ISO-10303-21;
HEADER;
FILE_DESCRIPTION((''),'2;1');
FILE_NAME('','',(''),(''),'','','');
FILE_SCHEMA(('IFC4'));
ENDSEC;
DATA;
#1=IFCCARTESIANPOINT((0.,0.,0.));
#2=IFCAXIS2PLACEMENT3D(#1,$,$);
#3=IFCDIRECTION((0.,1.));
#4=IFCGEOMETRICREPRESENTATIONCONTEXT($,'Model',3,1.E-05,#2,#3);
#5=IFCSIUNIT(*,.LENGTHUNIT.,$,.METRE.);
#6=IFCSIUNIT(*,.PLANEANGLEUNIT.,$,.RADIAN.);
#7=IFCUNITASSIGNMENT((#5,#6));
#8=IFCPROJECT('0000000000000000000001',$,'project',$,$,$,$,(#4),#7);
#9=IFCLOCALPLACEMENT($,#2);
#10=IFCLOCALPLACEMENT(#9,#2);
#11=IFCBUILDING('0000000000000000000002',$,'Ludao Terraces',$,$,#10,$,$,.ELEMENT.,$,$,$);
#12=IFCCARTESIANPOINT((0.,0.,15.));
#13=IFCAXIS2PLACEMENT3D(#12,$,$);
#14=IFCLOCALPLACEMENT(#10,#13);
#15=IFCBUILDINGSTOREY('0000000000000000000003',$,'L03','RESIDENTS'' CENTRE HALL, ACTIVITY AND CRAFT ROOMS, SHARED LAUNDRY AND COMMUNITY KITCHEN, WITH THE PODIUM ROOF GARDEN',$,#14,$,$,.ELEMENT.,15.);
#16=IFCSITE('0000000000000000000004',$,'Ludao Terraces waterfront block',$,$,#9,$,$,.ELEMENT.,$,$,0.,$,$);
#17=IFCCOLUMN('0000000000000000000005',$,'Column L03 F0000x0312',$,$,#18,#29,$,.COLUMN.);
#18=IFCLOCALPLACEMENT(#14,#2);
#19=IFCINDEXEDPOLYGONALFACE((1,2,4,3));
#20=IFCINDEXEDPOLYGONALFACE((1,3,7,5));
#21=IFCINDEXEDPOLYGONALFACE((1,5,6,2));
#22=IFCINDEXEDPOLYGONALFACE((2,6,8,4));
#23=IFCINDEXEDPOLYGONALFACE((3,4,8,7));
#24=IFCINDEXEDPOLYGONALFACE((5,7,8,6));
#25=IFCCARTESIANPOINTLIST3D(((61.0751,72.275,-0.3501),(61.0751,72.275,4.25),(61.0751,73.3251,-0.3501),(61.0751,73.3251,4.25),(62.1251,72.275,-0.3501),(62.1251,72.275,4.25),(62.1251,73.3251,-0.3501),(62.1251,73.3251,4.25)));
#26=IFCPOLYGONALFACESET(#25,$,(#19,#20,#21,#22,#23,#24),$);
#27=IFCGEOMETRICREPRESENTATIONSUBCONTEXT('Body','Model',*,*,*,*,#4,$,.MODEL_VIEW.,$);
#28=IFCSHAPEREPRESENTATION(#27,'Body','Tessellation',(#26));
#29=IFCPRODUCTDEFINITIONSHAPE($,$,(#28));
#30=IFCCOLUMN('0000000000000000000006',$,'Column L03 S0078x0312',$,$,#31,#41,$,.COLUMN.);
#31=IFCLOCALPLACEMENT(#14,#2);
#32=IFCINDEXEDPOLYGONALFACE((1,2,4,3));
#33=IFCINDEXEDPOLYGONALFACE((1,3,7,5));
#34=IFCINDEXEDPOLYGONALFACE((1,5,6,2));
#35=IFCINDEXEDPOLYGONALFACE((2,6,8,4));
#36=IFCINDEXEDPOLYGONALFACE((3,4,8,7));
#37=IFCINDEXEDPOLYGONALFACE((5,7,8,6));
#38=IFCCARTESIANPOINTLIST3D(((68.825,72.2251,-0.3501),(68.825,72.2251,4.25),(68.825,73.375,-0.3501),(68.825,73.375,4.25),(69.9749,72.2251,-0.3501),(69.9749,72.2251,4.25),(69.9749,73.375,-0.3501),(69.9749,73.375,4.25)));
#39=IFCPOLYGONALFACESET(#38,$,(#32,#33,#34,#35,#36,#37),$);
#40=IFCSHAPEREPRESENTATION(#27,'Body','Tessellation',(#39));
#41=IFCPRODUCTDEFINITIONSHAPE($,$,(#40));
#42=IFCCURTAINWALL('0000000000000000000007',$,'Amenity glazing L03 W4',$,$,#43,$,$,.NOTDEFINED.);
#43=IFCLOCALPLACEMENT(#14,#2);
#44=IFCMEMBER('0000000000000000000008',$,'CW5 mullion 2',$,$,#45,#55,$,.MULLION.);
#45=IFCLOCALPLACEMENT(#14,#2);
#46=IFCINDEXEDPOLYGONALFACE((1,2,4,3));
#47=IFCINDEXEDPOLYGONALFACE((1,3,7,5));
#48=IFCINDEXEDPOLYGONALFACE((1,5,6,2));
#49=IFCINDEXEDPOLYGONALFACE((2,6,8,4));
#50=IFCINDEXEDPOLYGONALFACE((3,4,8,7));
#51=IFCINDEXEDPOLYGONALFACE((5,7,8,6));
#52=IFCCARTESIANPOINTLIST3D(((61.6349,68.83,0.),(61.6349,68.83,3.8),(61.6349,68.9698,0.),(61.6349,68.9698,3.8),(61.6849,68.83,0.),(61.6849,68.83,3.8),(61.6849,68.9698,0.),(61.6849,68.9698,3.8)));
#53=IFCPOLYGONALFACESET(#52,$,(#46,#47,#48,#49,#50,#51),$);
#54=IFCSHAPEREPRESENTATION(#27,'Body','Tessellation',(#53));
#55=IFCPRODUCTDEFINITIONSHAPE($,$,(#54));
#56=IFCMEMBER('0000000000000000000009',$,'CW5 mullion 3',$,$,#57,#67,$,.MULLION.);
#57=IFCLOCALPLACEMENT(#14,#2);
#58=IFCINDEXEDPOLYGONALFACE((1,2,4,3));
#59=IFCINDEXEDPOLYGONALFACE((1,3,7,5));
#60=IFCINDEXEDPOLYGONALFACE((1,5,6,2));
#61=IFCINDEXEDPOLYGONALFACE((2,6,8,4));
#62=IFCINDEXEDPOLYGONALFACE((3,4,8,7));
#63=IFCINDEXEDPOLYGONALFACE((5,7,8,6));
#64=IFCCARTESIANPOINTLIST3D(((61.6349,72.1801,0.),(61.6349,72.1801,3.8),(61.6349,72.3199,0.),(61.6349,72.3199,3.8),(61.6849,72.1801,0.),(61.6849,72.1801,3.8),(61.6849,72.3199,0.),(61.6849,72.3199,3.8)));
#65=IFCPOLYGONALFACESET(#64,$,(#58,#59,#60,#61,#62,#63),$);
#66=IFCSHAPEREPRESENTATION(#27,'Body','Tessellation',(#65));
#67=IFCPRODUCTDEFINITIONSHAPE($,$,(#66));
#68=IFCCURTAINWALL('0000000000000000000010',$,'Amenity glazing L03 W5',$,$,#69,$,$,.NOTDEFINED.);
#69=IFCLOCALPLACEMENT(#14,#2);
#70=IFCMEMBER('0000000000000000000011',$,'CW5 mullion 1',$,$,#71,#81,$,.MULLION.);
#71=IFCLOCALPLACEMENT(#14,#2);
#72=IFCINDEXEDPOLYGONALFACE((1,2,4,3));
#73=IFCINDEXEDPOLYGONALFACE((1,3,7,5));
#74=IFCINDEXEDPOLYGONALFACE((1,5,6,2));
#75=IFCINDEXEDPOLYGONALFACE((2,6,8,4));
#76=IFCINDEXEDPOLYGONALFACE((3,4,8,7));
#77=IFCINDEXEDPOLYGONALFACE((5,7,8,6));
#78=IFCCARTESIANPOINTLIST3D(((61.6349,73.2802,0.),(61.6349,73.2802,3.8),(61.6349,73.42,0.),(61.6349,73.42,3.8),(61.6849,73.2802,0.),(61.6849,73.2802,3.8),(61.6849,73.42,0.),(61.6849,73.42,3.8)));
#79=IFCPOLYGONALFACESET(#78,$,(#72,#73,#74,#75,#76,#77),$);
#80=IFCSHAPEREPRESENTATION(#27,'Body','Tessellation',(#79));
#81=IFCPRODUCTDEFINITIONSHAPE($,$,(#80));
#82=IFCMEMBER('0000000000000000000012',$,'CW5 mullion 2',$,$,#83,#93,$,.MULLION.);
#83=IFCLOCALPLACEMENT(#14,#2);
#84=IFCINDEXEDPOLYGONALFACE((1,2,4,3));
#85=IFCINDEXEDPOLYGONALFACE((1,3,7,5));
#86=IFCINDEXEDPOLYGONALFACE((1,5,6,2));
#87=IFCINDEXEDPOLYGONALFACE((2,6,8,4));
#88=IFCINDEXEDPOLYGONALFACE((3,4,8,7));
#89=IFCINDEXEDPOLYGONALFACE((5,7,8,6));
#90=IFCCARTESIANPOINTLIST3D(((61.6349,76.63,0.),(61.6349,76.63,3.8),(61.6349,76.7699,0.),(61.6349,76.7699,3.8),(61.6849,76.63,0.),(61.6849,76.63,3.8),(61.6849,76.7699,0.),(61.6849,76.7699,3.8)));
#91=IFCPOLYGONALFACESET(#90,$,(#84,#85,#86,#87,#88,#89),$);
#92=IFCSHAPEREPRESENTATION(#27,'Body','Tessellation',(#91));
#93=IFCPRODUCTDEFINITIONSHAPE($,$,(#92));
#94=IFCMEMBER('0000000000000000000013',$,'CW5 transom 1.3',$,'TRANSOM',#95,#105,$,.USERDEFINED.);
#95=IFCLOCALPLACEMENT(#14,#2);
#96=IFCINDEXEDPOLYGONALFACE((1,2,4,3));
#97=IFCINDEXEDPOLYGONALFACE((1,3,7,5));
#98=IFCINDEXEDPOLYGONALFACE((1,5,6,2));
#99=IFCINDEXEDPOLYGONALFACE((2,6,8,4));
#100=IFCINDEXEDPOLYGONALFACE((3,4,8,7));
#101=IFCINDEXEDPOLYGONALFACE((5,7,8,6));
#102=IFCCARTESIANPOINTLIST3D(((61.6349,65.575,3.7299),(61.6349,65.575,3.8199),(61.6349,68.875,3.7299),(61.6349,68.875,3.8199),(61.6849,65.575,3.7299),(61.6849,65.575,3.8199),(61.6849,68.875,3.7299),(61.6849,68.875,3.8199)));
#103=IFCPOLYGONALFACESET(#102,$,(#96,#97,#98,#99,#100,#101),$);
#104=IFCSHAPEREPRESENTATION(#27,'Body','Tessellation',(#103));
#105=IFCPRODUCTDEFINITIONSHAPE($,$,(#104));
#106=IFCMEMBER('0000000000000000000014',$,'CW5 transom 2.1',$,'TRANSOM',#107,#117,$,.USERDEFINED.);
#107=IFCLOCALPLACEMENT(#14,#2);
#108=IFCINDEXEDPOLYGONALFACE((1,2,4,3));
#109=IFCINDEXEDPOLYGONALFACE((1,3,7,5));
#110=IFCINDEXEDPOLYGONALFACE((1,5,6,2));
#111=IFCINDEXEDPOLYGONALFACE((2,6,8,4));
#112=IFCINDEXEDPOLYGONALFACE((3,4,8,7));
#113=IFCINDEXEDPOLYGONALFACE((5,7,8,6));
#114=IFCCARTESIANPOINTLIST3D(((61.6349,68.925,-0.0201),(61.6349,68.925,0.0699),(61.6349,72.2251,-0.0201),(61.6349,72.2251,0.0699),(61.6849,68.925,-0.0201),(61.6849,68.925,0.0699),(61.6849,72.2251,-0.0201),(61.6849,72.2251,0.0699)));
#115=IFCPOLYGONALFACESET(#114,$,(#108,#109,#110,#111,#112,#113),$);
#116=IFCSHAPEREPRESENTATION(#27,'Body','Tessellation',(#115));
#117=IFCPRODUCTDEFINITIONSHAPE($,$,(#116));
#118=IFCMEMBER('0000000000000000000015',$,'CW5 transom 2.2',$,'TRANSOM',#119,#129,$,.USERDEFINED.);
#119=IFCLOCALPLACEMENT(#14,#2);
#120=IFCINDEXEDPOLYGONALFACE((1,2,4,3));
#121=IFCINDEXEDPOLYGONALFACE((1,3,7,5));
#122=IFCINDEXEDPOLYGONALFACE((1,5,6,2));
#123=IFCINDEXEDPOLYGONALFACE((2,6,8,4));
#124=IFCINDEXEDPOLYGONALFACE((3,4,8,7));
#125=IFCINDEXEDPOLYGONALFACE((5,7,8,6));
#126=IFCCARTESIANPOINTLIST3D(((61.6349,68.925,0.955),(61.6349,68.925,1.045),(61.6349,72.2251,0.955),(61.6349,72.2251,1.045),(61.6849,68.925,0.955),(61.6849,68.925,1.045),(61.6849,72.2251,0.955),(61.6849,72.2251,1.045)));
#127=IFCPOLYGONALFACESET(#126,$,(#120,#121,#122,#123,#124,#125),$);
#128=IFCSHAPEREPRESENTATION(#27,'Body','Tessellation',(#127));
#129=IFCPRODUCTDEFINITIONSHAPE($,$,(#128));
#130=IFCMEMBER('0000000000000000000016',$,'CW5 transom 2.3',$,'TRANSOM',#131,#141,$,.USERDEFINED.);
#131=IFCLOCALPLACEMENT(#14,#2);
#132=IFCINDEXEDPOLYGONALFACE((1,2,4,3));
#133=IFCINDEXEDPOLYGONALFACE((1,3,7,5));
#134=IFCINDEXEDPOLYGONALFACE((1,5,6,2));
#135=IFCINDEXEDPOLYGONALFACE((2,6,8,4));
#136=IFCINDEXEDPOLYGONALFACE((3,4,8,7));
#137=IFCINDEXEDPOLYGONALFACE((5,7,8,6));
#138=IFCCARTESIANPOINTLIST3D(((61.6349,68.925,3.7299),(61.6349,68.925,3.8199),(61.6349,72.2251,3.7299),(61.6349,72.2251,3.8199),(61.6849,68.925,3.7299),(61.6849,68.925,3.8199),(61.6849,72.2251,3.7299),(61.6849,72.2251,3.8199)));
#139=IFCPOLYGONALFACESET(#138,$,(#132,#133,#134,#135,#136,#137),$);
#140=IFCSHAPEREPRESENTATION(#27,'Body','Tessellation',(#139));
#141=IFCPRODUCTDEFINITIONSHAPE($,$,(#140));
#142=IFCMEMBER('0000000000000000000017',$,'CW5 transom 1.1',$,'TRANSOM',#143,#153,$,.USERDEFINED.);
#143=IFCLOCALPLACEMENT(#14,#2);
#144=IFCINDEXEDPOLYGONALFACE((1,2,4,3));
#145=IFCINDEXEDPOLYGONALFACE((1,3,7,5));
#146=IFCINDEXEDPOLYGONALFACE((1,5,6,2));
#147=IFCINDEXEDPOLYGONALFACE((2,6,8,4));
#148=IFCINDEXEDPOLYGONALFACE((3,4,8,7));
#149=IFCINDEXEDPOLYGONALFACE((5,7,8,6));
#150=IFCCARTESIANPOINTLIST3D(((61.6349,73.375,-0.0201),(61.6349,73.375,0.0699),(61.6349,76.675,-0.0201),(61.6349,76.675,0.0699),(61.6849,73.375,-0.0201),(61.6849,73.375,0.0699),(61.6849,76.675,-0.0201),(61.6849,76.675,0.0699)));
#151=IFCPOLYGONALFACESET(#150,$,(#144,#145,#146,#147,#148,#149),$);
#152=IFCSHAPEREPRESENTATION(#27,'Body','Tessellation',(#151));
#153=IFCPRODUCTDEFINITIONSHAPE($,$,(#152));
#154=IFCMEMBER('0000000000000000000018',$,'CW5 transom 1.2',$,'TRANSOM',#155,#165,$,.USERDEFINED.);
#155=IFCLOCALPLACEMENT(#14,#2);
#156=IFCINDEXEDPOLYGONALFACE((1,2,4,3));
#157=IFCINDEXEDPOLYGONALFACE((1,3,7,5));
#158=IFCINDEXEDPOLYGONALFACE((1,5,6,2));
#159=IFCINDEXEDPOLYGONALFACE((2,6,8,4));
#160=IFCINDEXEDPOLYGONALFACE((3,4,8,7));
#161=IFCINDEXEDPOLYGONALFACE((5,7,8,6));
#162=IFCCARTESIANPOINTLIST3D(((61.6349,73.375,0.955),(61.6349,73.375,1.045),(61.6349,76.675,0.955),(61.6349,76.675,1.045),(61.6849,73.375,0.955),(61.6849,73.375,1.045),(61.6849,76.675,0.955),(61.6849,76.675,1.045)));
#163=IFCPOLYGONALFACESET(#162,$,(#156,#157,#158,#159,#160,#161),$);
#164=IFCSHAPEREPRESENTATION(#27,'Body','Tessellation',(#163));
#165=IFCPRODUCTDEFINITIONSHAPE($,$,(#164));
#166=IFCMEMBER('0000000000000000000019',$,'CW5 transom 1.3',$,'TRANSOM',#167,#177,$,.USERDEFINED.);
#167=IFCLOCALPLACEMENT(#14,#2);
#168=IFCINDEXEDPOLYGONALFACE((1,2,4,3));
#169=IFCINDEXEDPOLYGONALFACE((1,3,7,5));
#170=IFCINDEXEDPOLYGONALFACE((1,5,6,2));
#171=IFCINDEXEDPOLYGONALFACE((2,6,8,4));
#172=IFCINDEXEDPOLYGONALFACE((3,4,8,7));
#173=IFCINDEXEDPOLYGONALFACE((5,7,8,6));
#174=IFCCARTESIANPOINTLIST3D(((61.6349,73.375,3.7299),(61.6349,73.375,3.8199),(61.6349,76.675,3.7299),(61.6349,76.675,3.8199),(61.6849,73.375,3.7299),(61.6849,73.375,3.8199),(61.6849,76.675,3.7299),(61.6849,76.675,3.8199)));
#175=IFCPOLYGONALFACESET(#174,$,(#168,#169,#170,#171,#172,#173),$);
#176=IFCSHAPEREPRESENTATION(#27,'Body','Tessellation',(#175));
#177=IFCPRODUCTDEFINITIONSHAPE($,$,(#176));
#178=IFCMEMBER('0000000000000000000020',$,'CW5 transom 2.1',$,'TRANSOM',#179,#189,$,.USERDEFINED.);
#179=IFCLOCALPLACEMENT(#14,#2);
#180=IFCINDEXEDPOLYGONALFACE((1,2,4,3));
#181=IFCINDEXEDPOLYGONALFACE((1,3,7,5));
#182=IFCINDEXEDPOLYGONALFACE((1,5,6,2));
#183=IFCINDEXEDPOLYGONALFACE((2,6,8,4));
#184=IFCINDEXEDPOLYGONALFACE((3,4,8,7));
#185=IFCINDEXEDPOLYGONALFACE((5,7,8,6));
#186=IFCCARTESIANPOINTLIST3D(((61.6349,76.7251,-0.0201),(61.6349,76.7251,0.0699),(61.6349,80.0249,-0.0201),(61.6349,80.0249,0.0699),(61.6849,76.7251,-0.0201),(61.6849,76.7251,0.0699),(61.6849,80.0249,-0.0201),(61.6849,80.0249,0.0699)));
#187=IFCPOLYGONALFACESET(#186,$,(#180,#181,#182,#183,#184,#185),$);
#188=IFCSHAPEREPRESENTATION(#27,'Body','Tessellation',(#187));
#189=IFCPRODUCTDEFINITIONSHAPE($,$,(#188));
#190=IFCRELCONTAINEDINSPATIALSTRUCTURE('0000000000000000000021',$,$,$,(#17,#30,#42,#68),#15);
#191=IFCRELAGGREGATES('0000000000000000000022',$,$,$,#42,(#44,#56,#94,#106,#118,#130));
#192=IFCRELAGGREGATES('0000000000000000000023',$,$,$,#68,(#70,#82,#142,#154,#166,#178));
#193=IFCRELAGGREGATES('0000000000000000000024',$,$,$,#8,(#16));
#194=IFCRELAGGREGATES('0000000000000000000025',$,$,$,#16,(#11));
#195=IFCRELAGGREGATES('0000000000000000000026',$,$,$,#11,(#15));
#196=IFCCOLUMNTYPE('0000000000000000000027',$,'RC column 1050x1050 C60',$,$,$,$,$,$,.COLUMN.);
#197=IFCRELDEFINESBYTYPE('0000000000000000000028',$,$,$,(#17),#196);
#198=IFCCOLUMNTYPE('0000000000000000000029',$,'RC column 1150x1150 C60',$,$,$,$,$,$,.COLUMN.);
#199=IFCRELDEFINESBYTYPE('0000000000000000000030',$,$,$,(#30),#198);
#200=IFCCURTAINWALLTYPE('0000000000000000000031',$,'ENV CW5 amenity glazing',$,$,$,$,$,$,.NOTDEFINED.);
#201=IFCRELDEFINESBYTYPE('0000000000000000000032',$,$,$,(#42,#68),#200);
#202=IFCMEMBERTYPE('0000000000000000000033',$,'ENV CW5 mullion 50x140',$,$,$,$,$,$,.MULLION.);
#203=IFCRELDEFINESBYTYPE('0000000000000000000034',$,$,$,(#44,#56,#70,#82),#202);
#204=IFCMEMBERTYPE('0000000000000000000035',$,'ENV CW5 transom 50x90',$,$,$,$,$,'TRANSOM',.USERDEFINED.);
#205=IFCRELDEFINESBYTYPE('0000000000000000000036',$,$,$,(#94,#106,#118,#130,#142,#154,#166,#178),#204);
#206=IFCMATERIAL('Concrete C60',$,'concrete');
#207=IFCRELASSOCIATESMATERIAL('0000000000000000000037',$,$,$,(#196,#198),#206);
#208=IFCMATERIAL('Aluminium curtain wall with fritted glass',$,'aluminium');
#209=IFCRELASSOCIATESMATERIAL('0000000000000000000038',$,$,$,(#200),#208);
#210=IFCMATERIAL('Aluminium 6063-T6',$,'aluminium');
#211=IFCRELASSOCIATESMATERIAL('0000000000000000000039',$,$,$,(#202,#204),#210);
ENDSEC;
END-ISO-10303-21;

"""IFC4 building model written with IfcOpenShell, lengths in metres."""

from ifc_helpers import new_model, si_unit, direction, frame, origin, origin_2d, place, context, subcontext, project, spatial, rectangle, extrude, material, material_profile, profile_set, type_object, element, aggregate, save


model = new_model("IFC4")

# Units and contexts
model_context = context("Model", 3, precision=1e-05, world=origin(), true_north=direction((0.0, 1.0)))
body_context = subcontext(model_context, "Body", "Model", "MODEL_VIEW")
ifc_project = project(units=[si_unit("LENGTHUNIT", "METRE"), si_unit("PLANEANGLEUNIT", "RADIAN")], contexts=[model_context])

# Site, building, storey
site_placement = place(None, origin())
site = spatial("IfcSite", under=ifc_project, at=site_placement, Name="Ludao Terraces waterfront block", CompositionType="ELEMENT", RefElevation=0.0)
building_placement = place(site_placement, origin())
building = spatial("IfcBuilding", under=site, at=building_placement, Name="Ludao Terraces", CompositionType="ELEMENT")
storey_placement = place(building_placement, frame((0.0, 0.0, 15.0)))
storey = spatial("IfcBuildingStorey", under=building, at=storey_placement, Name="L03", Description="RESIDENTS' CENTRE HALL, ACTIVITY AND CRAFT ROOMS, SHARED LAUNDRY AND COMMUNITY KITCHEN, WITH THE PODIUM ROOF GARDEN", CompositionType="ELEMENT", Elevation=15.0)

# Columns
ifc_material_1 = material(Name="Concrete C60", Category="concrete")
ifc_material_profile_1 = material_profile(ifc_material_1, rectangle(XDim=1.05, YDim=1.05, at=origin_2d()), Name="1050 X 1050")
ifc_profile_set_1 = profile_set([ifc_material_profile_1], Name="Concrete C60")
column_type_1 = type_object("IfcColumnType", Name="RC column 1050x1050 C60", PredefinedType="COLUMN", material=ifc_profile_set_1)
column_1_placement = place(storey_placement, frame((61.6001, 72.8, -0.3501), z_axis=(0.0, 0.0, 1.0), x_axis=(1.0, 0.0, 0.0)))
element("IfcColumn", 1, at=column_1_placement, inside=storey, type_object=column_type_1, Name="Column L03 F0000x0312", PredefinedType="COLUMN", context=body_context, shape_type="SweptSolid", body=[
    extrude(rectangle(XDim=1.05, YDim=1.05, at=origin_2d()), origin(), (0.0, 0.0, 1.0), 4.6001),
])
ifc_material_profile_2 = material_profile(ifc_material_1, rectangle(XDim=1.1499, YDim=1.1499, at=origin_2d()), Name="1150 X 1150")
ifc_profile_set_2 = profile_set([ifc_material_profile_2], Name="Concrete C60")
column_type_2 = type_object("IfcColumnType", Name="RC column 1150x1150 C60", PredefinedType="COLUMN", material=ifc_profile_set_2)
column_2_placement = place(storey_placement, frame((69.3999, 72.8, -0.3501), z_axis=(0.0, 0.0, 1.0), x_axis=(1.0, 0.0, 0.0)))
element("IfcColumn", 2, at=column_2_placement, inside=storey, type_object=column_type_2, Name="Column L03 S0078x0312", PredefinedType="COLUMN", context=body_context, shape_type="SweptSolid", body=[
    extrude(rectangle(XDim=1.1499, YDim=1.1499, at=origin_2d()), origin(), (0.0, 0.0, 1.0), 4.6001),
])

# Curtain walls, members
ifc_material_2 = material(Name="Aluminium curtain wall with fritted glass", Category="aluminium")
curtain_wall_type = type_object("IfcCurtainWallType", Name="ENV CW5 amenity glazing", PredefinedType="NOTDEFINED", material=ifc_material_2)
curtain_wall_1_placement = place(storey_placement, origin())
curtain_wall_1 = element("IfcCurtainWall", 3, at=curtain_wall_1_placement, inside=storey, type_object=curtain_wall_type, Name="Amenity glazing L03 W4", PredefinedType="NOTDEFINED")
ifc_material_3 = material(Name="Aluminium 6063-T6", Category="aluminium")
ifc_material_profile_3 = material_profile(ifc_material_3, rectangle(XDim=0.05, YDim=0.1399, at=origin_2d()), Name="50 X 140")
ifc_profile_set_3 = profile_set([ifc_material_profile_3], Name="Aluminium 6063-T6")
member_type_1 = type_object("IfcMemberType", Name="ENV CW5 mullion 50x140", PredefinedType="MULLION", material=ifc_profile_set_3)
member_1_placement = place(storey_placement, frame((61.6599, 68.8999, 0.0), z_axis=(0.0, 0.0, 1.0), x_axis=(-1.0, 0.0, 0.0)))
member_1 = element("IfcMember", 4, at=member_1_placement, type_object=member_type_1, Name="CW5 mullion 2", PredefinedType="MULLION", context=body_context, shape_type="SweptSolid", body=[
    extrude(rectangle(XDim=0.05, YDim=0.1399, at=origin_2d()), origin(), (0.0, 0.0, 1.0), 3.8),
])
member_2_placement = place(storey_placement, frame((61.6599, 72.25, 0.0), z_axis=(0.0, 0.0, 1.0), x_axis=(-1.0, 0.0, 0.0)))
member_2 = element("IfcMember", 5, at=member_2_placement, type_object=member_type_1, Name="CW5 mullion 3", PredefinedType="MULLION", context=body_context, shape_type="SweptSolid", body=[
    extrude(rectangle(XDim=0.05, YDim=0.1399, at=origin_2d()), origin(), (0.0, 0.0, 1.0), 3.8),
])
curtain_wall_2_placement = place(storey_placement, origin())
curtain_wall_2 = element("IfcCurtainWall", 6, at=curtain_wall_2_placement, inside=storey, type_object=curtain_wall_type, Name="Amenity glazing L03 W5", PredefinedType="NOTDEFINED")
member_3_placement = place(storey_placement, frame((61.6599, 73.3501, 0.0), z_axis=(0.0, 0.0, 1.0), x_axis=(-1.0, 0.0, 0.0)))
member_3 = element("IfcMember", 7, at=member_3_placement, type_object=member_type_1, Name="CW5 mullion 1", PredefinedType="MULLION", context=body_context, shape_type="SweptSolid", body=[
    extrude(rectangle(XDim=0.05, YDim=0.1399, at=origin_2d()), origin(), (0.0, 0.0, 1.0), 3.8),
])
member_4_placement = place(storey_placement, frame((61.6599, 76.7, 0.0), z_axis=(0.0, 0.0, 1.0), x_axis=(-1.0, 0.0, 0.0)))
member_4 = element("IfcMember", 8, at=member_4_placement, type_object=member_type_1, Name="CW5 mullion 2", PredefinedType="MULLION", context=body_context, shape_type="SweptSolid", body=[
    extrude(rectangle(XDim=0.05, YDim=0.1399, at=origin_2d()), origin(), (0.0, 0.0, 1.0), 3.8),
])

# Members
ifc_material_profile_4 = material_profile(ifc_material_3, rectangle(XDim=0.05, YDim=0.0901, at=origin_2d()), Name="50 X 90")
ifc_profile_set_4 = profile_set([ifc_material_profile_4], Name="Aluminium 6063-T6")
member_type_2 = type_object("IfcMemberType", Name="ENV CW5 transom 50x90", ElementType="TRANSOM", PredefinedType="USERDEFINED", material=ifc_profile_set_4)
member_5_placement = place(storey_placement, frame((61.6599, 65.575, 3.7749), z_axis=(0.0, 1.0, 0.0), x_axis=(-1.0, 0.0, 0.0)))
member_5 = element("IfcMember", 9, at=member_5_placement, type_object=member_type_2, Name="CW5 transom 1.3", ObjectType="TRANSOM", PredefinedType="USERDEFINED", context=body_context, shape_type="SweptSolid", body=[
    extrude(rectangle(XDim=0.05, YDim=0.0901, at=origin_2d()), origin(), (0.0, 0.0, 1.0), 3.3),
])
member_6_placement = place(storey_placement, frame((61.6599, 68.925, 0.0249), z_axis=(0.0, 1.0, 0.0), x_axis=(-1.0, 0.0, 0.0)))
member_6 = element("IfcMember", 10, at=member_6_placement, type_object=member_type_2, Name="CW5 transom 2.1", ObjectType="TRANSOM", PredefinedType="USERDEFINED", context=body_context, shape_type="SweptSolid", body=[
    extrude(rectangle(XDim=0.05, YDim=0.0901, at=origin_2d()), origin(), (0.0, 0.0, 1.0), 3.3),
])
member_7_placement = place(storey_placement, frame((61.6599, 68.925, 1.0), z_axis=(0.0, 1.0, 0.0), x_axis=(-1.0, 0.0, 0.0)))
member_7 = element("IfcMember", 11, at=member_7_placement, type_object=member_type_2, Name="CW5 transom 2.2", ObjectType="TRANSOM", PredefinedType="USERDEFINED", context=body_context, shape_type="SweptSolid", body=[
    extrude(rectangle(XDim=0.05, YDim=0.0901, at=origin_2d()), origin(), (0.0, 0.0, 1.0), 3.3),
])
member_8_placement = place(storey_placement, frame((61.6599, 68.925, 3.7749), z_axis=(0.0, 1.0, 0.0), x_axis=(-1.0, 0.0, 0.0)))
member_8 = element("IfcMember", 12, at=member_8_placement, type_object=member_type_2, Name="CW5 transom 2.3", ObjectType="TRANSOM", PredefinedType="USERDEFINED", context=body_context, shape_type="SweptSolid", body=[
    extrude(rectangle(XDim=0.05, YDim=0.0901, at=origin_2d()), origin(), (0.0, 0.0, 1.0), 3.3),
])
member_9_placement = place(storey_placement, frame((61.6599, 73.375, 0.0249), z_axis=(0.0, 1.0, 0.0), x_axis=(-1.0, 0.0, 0.0)))
member_9 = element("IfcMember", 13, at=member_9_placement, type_object=member_type_2, Name="CW5 transom 1.1", ObjectType="TRANSOM", PredefinedType="USERDEFINED", context=body_context, shape_type="SweptSolid", body=[
    extrude(rectangle(XDim=0.05, YDim=0.0901, at=origin_2d()), origin(), (0.0, 0.0, 1.0), 3.3),
])
member_10_placement = place(storey_placement, frame((61.6599, 73.375, 1.0), z_axis=(0.0, 1.0, 0.0), x_axis=(-1.0, 0.0, 0.0)))
member_10 = element("IfcMember", 14, at=member_10_placement, type_object=member_type_2, Name="CW5 transom 1.2", ObjectType="TRANSOM", PredefinedType="USERDEFINED", context=body_context, shape_type="SweptSolid", body=[
    extrude(rectangle(XDim=0.05, YDim=0.0901, at=origin_2d()), origin(), (0.0, 0.0, 1.0), 3.3),
])
member_11_placement = place(storey_placement, frame((61.6599, 73.375, 3.7749), z_axis=(0.0, 1.0, 0.0), x_axis=(-1.0, 0.0, 0.0)))
member_11 = element("IfcMember", 15, at=member_11_placement, type_object=member_type_2, Name="CW5 transom 1.3", ObjectType="TRANSOM", PredefinedType="USERDEFINED", context=body_context, shape_type="SweptSolid", body=[
    extrude(rectangle(XDim=0.05, YDim=0.0901, at=origin_2d()), origin(), (0.0, 0.0, 1.0), 3.3),
])
member_12_placement = place(storey_placement, frame((61.6599, 76.7251, 0.0249), z_axis=(0.0, 1.0, 0.0), x_axis=(-1.0, 0.0, 0.0)))
member_12 = element("IfcMember", 16, at=member_12_placement, type_object=member_type_2, Name="CW5 transom 2.1", ObjectType="TRANSOM", PredefinedType="USERDEFINED", context=body_context, shape_type="SweptSolid", body=[
    extrude(rectangle(XDim=0.05, YDim=0.0901, at=origin_2d()), origin(), (0.0, 0.0, 1.0), 3.2998),
])

aggregate(curtain_wall_1, [member_1, member_2, member_5, member_6, member_7, member_8])
aggregate(curtain_wall_2, [member_3, member_4, member_9, member_10, member_11, member_12])

save(model, "model.ifc")
